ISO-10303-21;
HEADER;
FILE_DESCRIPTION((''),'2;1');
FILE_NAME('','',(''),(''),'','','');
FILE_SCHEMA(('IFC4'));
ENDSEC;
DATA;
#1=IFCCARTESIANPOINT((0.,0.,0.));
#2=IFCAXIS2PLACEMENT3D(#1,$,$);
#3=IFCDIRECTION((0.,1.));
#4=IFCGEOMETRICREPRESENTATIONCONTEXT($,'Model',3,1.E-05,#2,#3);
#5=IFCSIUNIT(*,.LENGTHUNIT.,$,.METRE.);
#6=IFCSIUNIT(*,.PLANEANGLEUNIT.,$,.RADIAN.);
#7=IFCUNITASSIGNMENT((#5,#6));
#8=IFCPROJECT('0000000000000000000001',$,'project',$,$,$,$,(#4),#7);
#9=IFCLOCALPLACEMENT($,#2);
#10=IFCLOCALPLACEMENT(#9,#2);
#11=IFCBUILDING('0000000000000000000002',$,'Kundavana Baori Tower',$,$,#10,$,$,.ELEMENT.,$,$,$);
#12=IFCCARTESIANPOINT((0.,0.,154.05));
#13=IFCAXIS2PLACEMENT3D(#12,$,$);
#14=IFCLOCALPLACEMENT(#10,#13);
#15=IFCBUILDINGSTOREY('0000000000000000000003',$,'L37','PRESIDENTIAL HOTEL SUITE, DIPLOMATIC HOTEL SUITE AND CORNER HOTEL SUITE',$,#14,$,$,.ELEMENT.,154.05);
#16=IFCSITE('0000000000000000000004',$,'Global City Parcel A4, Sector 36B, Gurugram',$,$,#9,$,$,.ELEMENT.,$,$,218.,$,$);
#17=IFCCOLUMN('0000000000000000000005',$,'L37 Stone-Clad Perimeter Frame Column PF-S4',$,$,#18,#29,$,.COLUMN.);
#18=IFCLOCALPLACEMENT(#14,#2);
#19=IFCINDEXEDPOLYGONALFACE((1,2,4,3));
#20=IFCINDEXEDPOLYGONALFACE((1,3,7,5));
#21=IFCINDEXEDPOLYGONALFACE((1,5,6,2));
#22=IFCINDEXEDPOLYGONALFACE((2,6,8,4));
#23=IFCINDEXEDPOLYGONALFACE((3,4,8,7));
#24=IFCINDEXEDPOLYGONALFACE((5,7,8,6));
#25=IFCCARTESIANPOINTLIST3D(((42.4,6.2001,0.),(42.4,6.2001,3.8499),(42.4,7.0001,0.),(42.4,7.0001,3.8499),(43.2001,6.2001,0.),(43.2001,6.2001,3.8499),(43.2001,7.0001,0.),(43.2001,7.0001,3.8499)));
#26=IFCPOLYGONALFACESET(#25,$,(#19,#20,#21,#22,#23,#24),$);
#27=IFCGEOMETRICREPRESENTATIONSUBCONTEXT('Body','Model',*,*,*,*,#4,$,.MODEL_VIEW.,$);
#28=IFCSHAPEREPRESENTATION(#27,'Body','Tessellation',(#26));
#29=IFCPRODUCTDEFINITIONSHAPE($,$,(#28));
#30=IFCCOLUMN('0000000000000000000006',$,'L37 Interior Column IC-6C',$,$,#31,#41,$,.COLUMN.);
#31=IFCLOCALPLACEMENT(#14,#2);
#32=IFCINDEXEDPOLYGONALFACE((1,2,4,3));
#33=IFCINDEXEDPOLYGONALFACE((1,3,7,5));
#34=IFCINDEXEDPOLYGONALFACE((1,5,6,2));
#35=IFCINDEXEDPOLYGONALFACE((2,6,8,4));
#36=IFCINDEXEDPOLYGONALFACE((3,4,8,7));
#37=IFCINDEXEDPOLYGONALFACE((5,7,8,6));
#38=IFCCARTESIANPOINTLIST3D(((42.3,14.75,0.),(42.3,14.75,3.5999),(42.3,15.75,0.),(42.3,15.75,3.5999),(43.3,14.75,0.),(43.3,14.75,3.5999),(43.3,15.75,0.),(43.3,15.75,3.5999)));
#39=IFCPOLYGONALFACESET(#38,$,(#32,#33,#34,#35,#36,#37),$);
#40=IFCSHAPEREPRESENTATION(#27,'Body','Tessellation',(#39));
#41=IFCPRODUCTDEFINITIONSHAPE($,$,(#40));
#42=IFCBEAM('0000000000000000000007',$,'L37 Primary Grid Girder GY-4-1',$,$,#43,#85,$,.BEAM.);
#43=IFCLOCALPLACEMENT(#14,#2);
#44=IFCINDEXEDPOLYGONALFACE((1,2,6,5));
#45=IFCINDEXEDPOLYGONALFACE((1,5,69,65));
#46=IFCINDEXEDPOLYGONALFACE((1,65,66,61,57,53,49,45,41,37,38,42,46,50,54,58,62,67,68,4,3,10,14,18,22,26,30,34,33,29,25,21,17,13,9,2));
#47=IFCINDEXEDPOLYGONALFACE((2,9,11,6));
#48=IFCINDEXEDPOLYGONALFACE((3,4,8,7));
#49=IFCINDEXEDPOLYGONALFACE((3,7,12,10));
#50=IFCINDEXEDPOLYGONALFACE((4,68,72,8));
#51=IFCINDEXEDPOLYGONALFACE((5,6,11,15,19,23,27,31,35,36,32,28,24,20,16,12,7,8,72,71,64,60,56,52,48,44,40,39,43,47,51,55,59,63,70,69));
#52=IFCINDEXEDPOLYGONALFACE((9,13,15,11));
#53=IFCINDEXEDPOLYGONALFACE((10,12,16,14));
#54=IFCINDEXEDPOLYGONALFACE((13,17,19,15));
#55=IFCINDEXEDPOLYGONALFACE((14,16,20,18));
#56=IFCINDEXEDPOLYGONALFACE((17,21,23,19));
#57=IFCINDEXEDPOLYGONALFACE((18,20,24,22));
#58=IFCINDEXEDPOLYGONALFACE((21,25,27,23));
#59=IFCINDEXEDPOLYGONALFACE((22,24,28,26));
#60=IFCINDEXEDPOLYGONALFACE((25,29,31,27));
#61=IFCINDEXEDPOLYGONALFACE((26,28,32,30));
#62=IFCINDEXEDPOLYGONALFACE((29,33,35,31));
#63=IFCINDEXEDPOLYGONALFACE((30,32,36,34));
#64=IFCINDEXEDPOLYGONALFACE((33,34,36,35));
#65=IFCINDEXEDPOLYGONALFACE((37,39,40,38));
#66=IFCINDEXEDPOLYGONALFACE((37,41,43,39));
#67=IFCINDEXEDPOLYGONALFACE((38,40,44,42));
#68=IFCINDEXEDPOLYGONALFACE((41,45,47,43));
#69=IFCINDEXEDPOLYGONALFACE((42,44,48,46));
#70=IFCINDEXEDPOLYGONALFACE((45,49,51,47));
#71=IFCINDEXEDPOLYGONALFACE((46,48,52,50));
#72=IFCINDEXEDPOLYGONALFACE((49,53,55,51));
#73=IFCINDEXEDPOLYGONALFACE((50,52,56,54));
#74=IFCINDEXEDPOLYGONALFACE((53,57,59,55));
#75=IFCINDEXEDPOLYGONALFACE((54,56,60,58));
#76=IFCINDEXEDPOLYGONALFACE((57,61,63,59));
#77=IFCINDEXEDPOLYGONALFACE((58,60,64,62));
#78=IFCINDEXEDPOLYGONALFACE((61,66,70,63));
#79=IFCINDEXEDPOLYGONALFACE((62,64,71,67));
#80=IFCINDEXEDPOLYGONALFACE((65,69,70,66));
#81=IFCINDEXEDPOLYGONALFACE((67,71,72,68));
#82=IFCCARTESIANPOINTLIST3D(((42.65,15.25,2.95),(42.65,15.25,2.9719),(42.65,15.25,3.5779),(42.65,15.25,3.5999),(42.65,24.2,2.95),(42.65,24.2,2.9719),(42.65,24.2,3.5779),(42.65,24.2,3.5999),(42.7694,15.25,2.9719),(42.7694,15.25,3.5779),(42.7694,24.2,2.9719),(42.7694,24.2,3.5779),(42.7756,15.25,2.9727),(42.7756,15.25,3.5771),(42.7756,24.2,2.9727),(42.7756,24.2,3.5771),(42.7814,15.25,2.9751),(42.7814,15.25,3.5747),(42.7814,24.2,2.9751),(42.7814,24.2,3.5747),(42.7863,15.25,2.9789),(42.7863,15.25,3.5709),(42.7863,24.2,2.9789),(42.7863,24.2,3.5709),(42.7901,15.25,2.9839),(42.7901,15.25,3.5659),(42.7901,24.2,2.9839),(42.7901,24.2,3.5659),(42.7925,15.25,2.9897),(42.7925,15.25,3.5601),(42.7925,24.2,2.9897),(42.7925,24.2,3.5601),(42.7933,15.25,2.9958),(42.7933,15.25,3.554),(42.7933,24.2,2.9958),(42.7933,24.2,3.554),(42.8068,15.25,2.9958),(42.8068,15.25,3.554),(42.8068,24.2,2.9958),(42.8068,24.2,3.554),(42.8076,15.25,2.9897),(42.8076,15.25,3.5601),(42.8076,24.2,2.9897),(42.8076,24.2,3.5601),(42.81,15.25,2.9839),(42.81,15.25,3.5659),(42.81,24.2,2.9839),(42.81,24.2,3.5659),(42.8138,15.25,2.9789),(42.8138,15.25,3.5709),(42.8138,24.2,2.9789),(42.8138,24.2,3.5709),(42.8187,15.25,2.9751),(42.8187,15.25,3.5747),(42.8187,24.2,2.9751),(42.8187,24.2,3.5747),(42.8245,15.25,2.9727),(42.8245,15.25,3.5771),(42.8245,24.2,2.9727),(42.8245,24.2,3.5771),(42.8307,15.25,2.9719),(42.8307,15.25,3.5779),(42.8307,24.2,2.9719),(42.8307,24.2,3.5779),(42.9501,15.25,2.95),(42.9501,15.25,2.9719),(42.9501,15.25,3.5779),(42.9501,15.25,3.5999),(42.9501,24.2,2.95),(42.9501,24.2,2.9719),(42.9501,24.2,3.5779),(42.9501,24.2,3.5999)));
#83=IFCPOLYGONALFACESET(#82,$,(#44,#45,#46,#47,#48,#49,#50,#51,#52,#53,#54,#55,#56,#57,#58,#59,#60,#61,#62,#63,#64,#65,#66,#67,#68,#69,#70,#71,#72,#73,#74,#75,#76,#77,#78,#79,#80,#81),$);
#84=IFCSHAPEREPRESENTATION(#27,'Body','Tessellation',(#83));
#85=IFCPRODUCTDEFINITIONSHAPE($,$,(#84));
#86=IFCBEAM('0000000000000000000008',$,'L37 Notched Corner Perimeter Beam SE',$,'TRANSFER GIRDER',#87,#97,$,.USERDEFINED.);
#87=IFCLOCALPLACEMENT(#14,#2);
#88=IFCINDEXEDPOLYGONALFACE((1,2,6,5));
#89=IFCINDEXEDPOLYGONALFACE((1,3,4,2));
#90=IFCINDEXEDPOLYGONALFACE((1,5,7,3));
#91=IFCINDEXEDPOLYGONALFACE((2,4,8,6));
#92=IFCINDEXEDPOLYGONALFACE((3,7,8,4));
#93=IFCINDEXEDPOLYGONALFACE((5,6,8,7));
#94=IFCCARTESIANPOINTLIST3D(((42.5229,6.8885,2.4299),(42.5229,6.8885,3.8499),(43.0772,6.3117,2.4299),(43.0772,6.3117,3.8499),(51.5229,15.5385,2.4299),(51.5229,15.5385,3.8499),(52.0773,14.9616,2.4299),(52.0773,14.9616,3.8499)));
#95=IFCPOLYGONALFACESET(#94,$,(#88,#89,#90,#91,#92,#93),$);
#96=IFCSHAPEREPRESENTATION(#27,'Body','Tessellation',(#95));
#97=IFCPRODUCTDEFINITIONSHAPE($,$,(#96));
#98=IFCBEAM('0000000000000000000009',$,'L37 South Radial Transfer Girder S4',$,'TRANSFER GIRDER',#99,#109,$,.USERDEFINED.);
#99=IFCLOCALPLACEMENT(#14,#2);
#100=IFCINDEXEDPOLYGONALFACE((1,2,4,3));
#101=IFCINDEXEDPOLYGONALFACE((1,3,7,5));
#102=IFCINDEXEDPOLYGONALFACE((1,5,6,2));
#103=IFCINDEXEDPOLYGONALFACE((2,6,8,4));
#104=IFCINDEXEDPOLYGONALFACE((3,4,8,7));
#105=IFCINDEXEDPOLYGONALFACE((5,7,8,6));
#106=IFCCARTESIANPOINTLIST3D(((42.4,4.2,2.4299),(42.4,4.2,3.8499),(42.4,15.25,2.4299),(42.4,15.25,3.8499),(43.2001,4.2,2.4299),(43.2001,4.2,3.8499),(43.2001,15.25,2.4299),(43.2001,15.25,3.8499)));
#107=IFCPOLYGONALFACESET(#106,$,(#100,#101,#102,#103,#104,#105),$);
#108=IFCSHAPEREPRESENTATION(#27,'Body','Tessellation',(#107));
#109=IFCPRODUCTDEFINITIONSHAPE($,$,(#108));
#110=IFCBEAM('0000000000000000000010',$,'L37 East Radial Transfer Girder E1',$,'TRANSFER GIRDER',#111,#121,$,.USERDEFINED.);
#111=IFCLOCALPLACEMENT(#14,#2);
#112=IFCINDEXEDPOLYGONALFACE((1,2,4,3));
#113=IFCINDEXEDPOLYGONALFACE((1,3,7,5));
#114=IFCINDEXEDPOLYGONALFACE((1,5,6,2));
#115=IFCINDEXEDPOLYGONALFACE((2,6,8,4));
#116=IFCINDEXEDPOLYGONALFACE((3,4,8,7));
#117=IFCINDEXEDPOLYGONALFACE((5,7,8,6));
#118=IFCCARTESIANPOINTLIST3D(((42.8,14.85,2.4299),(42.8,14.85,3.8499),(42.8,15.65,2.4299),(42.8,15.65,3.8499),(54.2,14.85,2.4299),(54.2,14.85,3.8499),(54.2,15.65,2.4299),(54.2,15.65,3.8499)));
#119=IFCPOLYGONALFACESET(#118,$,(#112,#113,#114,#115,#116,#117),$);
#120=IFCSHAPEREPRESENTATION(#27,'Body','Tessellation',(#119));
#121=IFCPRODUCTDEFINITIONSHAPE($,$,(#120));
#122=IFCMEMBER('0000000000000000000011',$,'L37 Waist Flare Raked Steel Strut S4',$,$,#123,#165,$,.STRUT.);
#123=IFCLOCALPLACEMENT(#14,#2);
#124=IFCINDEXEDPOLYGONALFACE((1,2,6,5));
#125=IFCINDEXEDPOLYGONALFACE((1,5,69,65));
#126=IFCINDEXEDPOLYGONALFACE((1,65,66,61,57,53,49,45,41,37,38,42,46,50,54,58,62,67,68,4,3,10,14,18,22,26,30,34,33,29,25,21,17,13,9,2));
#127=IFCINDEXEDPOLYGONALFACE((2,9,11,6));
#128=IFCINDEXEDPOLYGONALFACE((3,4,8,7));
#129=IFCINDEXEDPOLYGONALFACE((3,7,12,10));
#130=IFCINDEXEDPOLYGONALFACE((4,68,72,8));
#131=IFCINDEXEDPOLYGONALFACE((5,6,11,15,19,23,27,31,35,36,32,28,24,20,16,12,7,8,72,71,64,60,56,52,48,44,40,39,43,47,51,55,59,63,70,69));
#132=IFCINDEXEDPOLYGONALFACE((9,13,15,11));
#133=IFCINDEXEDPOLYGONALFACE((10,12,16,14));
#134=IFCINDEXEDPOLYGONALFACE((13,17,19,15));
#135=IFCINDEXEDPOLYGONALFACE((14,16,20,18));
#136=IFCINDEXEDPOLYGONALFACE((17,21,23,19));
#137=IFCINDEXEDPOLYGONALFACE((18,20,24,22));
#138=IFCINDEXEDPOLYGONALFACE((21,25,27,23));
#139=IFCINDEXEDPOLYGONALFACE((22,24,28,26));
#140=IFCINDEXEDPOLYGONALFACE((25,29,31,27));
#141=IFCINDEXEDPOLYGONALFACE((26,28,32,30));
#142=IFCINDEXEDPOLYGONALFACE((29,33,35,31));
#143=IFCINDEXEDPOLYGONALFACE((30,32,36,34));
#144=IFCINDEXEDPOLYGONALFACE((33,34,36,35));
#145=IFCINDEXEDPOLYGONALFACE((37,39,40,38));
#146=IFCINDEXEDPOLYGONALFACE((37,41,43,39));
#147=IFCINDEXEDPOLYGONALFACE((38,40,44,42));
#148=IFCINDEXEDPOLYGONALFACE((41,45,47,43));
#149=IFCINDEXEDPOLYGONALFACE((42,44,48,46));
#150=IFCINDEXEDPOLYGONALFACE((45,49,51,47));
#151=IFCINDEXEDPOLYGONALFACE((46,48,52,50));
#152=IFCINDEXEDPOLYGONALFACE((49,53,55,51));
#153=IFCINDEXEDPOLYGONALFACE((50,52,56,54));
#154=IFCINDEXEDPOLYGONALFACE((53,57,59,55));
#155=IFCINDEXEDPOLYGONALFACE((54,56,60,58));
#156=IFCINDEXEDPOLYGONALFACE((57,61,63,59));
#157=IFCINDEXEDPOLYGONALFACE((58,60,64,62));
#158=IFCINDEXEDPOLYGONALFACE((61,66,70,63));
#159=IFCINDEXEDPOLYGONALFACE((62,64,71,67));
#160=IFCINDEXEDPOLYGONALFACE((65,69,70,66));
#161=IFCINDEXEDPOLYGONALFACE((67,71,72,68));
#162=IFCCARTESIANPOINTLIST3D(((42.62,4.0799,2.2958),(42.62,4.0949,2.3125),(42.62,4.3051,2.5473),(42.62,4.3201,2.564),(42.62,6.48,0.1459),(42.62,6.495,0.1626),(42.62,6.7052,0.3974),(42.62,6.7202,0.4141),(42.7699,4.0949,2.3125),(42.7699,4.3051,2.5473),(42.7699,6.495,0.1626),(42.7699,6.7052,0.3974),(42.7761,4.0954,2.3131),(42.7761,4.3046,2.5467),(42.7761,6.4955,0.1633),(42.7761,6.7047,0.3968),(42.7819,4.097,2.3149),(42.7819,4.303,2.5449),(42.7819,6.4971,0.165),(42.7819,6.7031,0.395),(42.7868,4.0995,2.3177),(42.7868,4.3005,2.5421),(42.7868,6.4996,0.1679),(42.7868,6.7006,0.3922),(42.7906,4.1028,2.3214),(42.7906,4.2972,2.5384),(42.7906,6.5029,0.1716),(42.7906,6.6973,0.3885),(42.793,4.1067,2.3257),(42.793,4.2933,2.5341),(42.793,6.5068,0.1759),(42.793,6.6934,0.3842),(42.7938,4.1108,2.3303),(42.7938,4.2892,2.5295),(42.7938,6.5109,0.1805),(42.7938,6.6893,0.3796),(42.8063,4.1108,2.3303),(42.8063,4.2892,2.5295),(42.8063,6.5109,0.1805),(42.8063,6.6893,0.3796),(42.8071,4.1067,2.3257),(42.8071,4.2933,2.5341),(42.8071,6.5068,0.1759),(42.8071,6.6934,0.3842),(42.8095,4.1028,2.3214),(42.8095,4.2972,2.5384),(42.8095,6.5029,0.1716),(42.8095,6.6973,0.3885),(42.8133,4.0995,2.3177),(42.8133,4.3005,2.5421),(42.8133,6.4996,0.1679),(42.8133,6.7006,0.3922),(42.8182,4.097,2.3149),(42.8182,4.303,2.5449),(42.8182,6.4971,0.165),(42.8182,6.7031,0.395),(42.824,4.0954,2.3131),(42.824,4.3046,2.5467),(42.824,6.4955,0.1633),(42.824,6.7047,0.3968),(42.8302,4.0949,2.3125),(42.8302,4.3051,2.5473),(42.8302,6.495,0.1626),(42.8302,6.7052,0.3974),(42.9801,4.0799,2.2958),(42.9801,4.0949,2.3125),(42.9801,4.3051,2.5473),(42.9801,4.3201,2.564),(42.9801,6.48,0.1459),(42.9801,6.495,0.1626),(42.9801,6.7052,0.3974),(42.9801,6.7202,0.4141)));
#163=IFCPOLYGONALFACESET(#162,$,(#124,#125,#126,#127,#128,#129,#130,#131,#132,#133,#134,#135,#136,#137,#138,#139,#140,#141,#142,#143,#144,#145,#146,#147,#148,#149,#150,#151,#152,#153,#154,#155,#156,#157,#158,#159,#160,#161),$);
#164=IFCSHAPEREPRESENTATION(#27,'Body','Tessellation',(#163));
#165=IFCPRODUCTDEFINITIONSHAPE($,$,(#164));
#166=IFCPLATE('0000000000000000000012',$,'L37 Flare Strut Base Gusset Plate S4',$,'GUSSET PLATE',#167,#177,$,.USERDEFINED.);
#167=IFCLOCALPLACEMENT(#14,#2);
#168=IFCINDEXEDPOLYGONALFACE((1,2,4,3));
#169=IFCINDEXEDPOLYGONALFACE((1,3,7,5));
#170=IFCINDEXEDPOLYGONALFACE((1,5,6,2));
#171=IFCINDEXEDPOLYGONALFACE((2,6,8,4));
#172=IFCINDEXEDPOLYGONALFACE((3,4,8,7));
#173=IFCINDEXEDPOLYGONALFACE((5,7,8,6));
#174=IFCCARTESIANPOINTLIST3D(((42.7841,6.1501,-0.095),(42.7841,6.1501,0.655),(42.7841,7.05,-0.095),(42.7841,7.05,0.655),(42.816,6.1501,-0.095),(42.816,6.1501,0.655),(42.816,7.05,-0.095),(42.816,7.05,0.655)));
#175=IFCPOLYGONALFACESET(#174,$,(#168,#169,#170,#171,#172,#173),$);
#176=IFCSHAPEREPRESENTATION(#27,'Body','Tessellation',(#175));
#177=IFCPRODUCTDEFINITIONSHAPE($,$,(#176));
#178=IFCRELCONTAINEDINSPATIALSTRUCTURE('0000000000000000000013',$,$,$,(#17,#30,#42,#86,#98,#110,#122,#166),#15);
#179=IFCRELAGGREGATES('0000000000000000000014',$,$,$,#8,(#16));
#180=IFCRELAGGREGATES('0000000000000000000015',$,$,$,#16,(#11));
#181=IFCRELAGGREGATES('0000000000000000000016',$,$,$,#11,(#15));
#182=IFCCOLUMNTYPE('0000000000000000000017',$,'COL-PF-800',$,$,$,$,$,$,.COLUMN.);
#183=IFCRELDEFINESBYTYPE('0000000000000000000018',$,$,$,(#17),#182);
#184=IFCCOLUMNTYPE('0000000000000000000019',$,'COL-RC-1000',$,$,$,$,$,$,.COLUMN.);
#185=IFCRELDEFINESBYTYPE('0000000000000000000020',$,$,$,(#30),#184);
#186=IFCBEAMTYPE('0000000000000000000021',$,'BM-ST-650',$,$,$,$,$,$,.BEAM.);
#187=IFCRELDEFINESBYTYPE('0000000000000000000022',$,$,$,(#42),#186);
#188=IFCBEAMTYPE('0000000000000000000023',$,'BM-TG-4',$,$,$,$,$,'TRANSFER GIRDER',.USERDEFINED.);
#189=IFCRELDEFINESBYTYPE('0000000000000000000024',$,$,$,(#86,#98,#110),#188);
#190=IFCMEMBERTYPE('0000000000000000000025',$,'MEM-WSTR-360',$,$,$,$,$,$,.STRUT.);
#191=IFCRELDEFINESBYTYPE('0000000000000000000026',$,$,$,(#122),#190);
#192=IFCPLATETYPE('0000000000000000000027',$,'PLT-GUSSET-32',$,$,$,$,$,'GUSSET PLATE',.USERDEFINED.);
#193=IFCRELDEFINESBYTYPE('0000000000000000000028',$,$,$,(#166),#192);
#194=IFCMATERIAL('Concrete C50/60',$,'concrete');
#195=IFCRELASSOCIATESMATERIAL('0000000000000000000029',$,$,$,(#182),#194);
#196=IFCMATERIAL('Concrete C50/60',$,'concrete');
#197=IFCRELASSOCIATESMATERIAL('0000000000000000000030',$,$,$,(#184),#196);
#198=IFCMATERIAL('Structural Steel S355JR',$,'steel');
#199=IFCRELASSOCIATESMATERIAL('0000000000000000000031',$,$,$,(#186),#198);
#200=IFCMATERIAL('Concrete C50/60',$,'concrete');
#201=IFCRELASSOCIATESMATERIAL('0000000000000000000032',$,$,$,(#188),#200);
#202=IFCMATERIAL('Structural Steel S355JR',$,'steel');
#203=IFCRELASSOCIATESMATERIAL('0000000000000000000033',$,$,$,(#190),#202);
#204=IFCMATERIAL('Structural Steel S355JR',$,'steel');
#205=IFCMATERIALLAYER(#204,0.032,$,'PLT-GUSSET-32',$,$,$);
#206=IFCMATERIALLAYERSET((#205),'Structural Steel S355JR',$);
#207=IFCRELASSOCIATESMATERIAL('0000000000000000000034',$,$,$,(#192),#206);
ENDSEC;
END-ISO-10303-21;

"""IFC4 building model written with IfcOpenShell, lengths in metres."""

from ifc_helpers import new_model, si_unit, direction, frame, origin, origin_2d, place, context, subcontext, project, spatial, rectangle, i_section, extrude, material, layer, layer_set, material_profile, profile_set, type_object, element, save


model = new_model("IFC4")

# Units and contexts
model_context = context("Model", 3, precision=1e-05, world=origin(), true_north=direction((0.0, 1.0)))
body_context = subcontext(model_context, "Body", "Model", "MODEL_VIEW")
ifc_project = project(units=[si_unit("LENGTHUNIT", "METRE"), si_unit("PLANEANGLEUNIT", "RADIAN")], contexts=[model_context])

# Site, building, storey
site_placement = place(None, origin())
site = spatial("IfcSite", under=ifc_project, at=site_placement, Name="Global City Parcel A4, Sector 36B, Gurugram", CompositionType="ELEMENT", RefElevation=218.0)
building_placement = place(site_placement, origin())
building = spatial("IfcBuilding", under=site, at=building_placement, Name="Kundavana Baori Tower", CompositionType="ELEMENT")
storey_placement = place(building_placement, frame((0.0, 0.0, 154.05)))
storey = spatial("IfcBuildingStorey", under=building, at=storey_placement, Name="L37", Description="PRESIDENTIAL HOTEL SUITE, DIPLOMATIC HOTEL SUITE AND CORNER HOTEL SUITE", CompositionType="ELEMENT", Elevation=154.05)

# Columns
ifc_material_1 = material(Name="Concrete C50/60", Category="concrete")
ifc_material_profile_1 = material_profile(ifc_material_1, rectangle(XDim=0.8, YDim=0.8, at=origin_2d()), Name="RC PF 800x800")
ifc_profile_set_1 = profile_set([ifc_material_profile_1], Name="Concrete C50/60")
column_type_1 = type_object("IfcColumnType", Name="COL-PF-800", PredefinedType="COLUMN", material=ifc_profile_set_1)
column_1_placement = place(storey_placement, frame((42.8, 6.6001, 0.0), z_axis=(0.0, 0.0, 1.0), x_axis=(1.0, 0.0, 0.0)))
element("IfcColumn", 1, at=column_1_placement, inside=storey, type_object=column_type_1, Name="L37 Stone-Clad Perimeter Frame Column PF-S4", PredefinedType="COLUMN", context=body_context, shape_type="SweptSolid", body=[
    extrude(rectangle(XDim=0.8, YDim=0.8, at=origin_2d()), origin(), (0.0, 0.0, 1.0), 3.8499),
])
ifc_material_2 = material(Name="Concrete C50/60", Category="concrete")
ifc_material_profile_2 = material_profile(ifc_material_2, rectangle(XDim=1.0, YDim=1.0, at=origin_2d()), Name="RC 1000x1000")
ifc_profile_set_2 = profile_set([ifc_material_profile_2], Name="Concrete C50/60")
column_type_2 = type_object("IfcColumnType", Name="COL-RC-1000", PredefinedType="COLUMN", material=ifc_profile_set_2)
column_2_placement = place(storey_placement, frame((42.8, 15.25, 0.0), z_axis=(0.0, 0.0, 1.0), x_axis=(1.0, 0.0, 0.0)))
element("IfcColumn", 2, at=column_2_placement, inside=storey, type_object=column_type_2, Name="L37 Interior Column IC-6C", PredefinedType="COLUMN", context=body_context, shape_type="SweptSolid", body=[
    extrude(rectangle(XDim=1.0, YDim=1.0, at=origin_2d()), origin(), (0.0, 0.0, 1.0), 3.5999),
])

# Beams
ifc_material_3 = material(Name="Structural Steel S355JR", Category="steel")
ifc_material_profile_3 = material_profile(ifc_material_3, i_section(OverallWidth=0.3, OverallDepth=0.6499, WebThickness=0.0134, FlangeThickness=0.022, FilletRadius=0.0239, at=origin_2d()), Name="NPB 650x300x155")
ifc_profile_set_3 = profile_set([ifc_material_profile_3], Name="Structural Steel S355JR")
beam_type_1 = type_object("IfcBeamType", Name="BM-ST-650", PredefinedType="BEAM", material=ifc_profile_set_3)
beam_1_placement = place(storey_placement, frame((42.8, 15.25, 3.2749), z_axis=(0.0, 1.0, 0.0), x_axis=(-1.0, 0.0, 0.0)))
element("IfcBeam", 3, at=beam_1_placement, inside=storey, type_object=beam_type_1, Name="L37 Primary Grid Girder GY-4-1", PredefinedType="BEAM", context=body_context, shape_type="SweptSolid", body=[
    extrude(i_section(OverallWidth=0.3, OverallDepth=0.6499, WebThickness=0.0134, FlangeThickness=0.022, FilletRadius=0.0239, at=origin_2d()), origin(), (0.0, 0.0, 1.0), 8.95),
])
ifc_material_4 = material(Name="Concrete C50/60", Category="concrete")
ifc_material_profile_4 = material_profile(ifc_material_4, rectangle(XDim=0.8, YDim=1.4199, at=origin_2d()), Name="BM-TG-4")
ifc_profile_set_4 = profile_set([ifc_material_profile_4], Name="Concrete C50/60")
beam_type_2 = type_object("IfcBeamType", Name="BM-TG-4", ElementType="TRANSFER GIRDER", PredefinedType="USERDEFINED", material=ifc_profile_set_4)
beam_2_placement = place(storey_placement, frame((42.8, 6.6001, 3.1399), z_axis=(0.720991, 0.692945, 0.0), x_axis=(-0.692945, 0.720991, 0.0)))
element("IfcBeam", 4, at=beam_2_placement, inside=storey, type_object=beam_type_2, Name="L37 Notched Corner Perimeter Beam SE", ObjectType="TRANSFER GIRDER", PredefinedType="USERDEFINED", context=body_context, shape_type="SweptSolid", body=[
    extrude(rectangle(XDim=0.8, YDim=1.4199, at=origin_2d()), origin(), (0.0, 0.0, 1.0), 12.4829),
])
beam_3_placement = place(storey_placement, frame((42.8, 15.25, 3.1399), z_axis=(0.0, -1.0, 0.0), x_axis=(1.0, 0.0, 0.0)))
element("IfcBeam", 5, at=beam_3_placement, inside=storey, type_object=beam_type_2, Name="L37 South Radial Transfer Girder S4", ObjectType="TRANSFER GIRDER", PredefinedType="USERDEFINED", context=body_context, shape_type="SweptSolid", body=[
    extrude(rectangle(XDim=0.8, YDim=1.4199, at=origin_2d()), origin(), (0.0, 0.0, 1.0), 11.05),
])
beam_4_placement = place(storey_placement, frame((42.8, 15.25, 3.1399), z_axis=(1.0, 0.0, 0.0), x_axis=(0.0, 1.0, 0.0)))
element("IfcBeam", 6, at=beam_4_placement, inside=storey, type_object=beam_type_2, Name="L37 East Radial Transfer Girder E1", ObjectType="TRANSFER GIRDER", PredefinedType="USERDEFINED", context=body_context, shape_type="SweptSolid", body=[
    extrude(rectangle(XDim=0.8, YDim=1.4199, at=origin_2d()), origin(), (0.0, 0.0, 1.0), 11.3999),
])

# Member
ifc_material_5 = material(Name="Structural Steel S355JR", Category="steel")
ifc_material_profile_5 = material_profile(ifc_material_5, i_section(OverallWidth=0.3601, OverallDepth=0.3601, WebThickness=0.0125, FlangeThickness=0.0225, FilletRadius=0.0239, at=origin_2d()), Name="WPB 360x360x142")
ifc_profile_set_5 = profile_set([ifc_material_profile_5], Name="Structural Steel S355JR")
member_type = type_object("IfcMemberType", Name="MEM-WSTR-360", PredefinedType="STRUT", material=ifc_profile_set_5)
member_placement = place(storey_placement, frame((42.8, 6.6001, 0.28), z_axis=(0.0, -0.744871, 0.667209), x_axis=(1.0, 0.0, 0.0)))
element("IfcMember", 7, at=member_placement, inside=storey, type_object=member_type, Name="L37 Waist Flare Raked Steel Strut S4", PredefinedType="STRUT", context=body_context, shape_type="SweptSolid", body=[
    extrude(i_section(OverallWidth=0.3601, OverallDepth=0.3601, WebThickness=0.0125, FlangeThickness=0.0225, FilletRadius=0.0239, at=origin_2d()), origin(), (0.0, 0.0, 1.0), 3.2222),
])

# Plate
ifc_material_6 = material(Name="Structural Steel S355JR", Category="steel")
ifc_layer_1 = layer(ifc_material_6, 0.032, Name="PLT-GUSSET-32")
ifc_layer_set_1 = layer_set([ifc_layer_1], Name="Structural Steel S355JR")
plate_type = type_object("IfcPlateType", Name="PLT-GUSSET-32", ElementType="GUSSET PLATE", PredefinedType="USERDEFINED", material=ifc_layer_set_1)
for number, where, z_axis, x_axis, name in (
    (8, (42.8, 6.6001, -0.095), (0.0, 0.0, 1.0), (1.0, 0.0, 0.0), "L37 Flare Strut Base Gusset Plate S4"),
):
    element("IfcPlate", number, at=place(storey_placement, frame(where, z_axis=z_axis, x_axis=x_axis)), inside=storey, type_object=plate_type, Name=name, ObjectType="GUSSET PLATE", PredefinedType="USERDEFINED", context=body_context, shape_type="SweptSolid", body=[
        extrude(rectangle(XDim=0.032, YDim=0.8999, at=origin_2d()), origin(), (0.0, 0.0, 1.0), 0.75),
    ])

save(model, "model.ifc")
